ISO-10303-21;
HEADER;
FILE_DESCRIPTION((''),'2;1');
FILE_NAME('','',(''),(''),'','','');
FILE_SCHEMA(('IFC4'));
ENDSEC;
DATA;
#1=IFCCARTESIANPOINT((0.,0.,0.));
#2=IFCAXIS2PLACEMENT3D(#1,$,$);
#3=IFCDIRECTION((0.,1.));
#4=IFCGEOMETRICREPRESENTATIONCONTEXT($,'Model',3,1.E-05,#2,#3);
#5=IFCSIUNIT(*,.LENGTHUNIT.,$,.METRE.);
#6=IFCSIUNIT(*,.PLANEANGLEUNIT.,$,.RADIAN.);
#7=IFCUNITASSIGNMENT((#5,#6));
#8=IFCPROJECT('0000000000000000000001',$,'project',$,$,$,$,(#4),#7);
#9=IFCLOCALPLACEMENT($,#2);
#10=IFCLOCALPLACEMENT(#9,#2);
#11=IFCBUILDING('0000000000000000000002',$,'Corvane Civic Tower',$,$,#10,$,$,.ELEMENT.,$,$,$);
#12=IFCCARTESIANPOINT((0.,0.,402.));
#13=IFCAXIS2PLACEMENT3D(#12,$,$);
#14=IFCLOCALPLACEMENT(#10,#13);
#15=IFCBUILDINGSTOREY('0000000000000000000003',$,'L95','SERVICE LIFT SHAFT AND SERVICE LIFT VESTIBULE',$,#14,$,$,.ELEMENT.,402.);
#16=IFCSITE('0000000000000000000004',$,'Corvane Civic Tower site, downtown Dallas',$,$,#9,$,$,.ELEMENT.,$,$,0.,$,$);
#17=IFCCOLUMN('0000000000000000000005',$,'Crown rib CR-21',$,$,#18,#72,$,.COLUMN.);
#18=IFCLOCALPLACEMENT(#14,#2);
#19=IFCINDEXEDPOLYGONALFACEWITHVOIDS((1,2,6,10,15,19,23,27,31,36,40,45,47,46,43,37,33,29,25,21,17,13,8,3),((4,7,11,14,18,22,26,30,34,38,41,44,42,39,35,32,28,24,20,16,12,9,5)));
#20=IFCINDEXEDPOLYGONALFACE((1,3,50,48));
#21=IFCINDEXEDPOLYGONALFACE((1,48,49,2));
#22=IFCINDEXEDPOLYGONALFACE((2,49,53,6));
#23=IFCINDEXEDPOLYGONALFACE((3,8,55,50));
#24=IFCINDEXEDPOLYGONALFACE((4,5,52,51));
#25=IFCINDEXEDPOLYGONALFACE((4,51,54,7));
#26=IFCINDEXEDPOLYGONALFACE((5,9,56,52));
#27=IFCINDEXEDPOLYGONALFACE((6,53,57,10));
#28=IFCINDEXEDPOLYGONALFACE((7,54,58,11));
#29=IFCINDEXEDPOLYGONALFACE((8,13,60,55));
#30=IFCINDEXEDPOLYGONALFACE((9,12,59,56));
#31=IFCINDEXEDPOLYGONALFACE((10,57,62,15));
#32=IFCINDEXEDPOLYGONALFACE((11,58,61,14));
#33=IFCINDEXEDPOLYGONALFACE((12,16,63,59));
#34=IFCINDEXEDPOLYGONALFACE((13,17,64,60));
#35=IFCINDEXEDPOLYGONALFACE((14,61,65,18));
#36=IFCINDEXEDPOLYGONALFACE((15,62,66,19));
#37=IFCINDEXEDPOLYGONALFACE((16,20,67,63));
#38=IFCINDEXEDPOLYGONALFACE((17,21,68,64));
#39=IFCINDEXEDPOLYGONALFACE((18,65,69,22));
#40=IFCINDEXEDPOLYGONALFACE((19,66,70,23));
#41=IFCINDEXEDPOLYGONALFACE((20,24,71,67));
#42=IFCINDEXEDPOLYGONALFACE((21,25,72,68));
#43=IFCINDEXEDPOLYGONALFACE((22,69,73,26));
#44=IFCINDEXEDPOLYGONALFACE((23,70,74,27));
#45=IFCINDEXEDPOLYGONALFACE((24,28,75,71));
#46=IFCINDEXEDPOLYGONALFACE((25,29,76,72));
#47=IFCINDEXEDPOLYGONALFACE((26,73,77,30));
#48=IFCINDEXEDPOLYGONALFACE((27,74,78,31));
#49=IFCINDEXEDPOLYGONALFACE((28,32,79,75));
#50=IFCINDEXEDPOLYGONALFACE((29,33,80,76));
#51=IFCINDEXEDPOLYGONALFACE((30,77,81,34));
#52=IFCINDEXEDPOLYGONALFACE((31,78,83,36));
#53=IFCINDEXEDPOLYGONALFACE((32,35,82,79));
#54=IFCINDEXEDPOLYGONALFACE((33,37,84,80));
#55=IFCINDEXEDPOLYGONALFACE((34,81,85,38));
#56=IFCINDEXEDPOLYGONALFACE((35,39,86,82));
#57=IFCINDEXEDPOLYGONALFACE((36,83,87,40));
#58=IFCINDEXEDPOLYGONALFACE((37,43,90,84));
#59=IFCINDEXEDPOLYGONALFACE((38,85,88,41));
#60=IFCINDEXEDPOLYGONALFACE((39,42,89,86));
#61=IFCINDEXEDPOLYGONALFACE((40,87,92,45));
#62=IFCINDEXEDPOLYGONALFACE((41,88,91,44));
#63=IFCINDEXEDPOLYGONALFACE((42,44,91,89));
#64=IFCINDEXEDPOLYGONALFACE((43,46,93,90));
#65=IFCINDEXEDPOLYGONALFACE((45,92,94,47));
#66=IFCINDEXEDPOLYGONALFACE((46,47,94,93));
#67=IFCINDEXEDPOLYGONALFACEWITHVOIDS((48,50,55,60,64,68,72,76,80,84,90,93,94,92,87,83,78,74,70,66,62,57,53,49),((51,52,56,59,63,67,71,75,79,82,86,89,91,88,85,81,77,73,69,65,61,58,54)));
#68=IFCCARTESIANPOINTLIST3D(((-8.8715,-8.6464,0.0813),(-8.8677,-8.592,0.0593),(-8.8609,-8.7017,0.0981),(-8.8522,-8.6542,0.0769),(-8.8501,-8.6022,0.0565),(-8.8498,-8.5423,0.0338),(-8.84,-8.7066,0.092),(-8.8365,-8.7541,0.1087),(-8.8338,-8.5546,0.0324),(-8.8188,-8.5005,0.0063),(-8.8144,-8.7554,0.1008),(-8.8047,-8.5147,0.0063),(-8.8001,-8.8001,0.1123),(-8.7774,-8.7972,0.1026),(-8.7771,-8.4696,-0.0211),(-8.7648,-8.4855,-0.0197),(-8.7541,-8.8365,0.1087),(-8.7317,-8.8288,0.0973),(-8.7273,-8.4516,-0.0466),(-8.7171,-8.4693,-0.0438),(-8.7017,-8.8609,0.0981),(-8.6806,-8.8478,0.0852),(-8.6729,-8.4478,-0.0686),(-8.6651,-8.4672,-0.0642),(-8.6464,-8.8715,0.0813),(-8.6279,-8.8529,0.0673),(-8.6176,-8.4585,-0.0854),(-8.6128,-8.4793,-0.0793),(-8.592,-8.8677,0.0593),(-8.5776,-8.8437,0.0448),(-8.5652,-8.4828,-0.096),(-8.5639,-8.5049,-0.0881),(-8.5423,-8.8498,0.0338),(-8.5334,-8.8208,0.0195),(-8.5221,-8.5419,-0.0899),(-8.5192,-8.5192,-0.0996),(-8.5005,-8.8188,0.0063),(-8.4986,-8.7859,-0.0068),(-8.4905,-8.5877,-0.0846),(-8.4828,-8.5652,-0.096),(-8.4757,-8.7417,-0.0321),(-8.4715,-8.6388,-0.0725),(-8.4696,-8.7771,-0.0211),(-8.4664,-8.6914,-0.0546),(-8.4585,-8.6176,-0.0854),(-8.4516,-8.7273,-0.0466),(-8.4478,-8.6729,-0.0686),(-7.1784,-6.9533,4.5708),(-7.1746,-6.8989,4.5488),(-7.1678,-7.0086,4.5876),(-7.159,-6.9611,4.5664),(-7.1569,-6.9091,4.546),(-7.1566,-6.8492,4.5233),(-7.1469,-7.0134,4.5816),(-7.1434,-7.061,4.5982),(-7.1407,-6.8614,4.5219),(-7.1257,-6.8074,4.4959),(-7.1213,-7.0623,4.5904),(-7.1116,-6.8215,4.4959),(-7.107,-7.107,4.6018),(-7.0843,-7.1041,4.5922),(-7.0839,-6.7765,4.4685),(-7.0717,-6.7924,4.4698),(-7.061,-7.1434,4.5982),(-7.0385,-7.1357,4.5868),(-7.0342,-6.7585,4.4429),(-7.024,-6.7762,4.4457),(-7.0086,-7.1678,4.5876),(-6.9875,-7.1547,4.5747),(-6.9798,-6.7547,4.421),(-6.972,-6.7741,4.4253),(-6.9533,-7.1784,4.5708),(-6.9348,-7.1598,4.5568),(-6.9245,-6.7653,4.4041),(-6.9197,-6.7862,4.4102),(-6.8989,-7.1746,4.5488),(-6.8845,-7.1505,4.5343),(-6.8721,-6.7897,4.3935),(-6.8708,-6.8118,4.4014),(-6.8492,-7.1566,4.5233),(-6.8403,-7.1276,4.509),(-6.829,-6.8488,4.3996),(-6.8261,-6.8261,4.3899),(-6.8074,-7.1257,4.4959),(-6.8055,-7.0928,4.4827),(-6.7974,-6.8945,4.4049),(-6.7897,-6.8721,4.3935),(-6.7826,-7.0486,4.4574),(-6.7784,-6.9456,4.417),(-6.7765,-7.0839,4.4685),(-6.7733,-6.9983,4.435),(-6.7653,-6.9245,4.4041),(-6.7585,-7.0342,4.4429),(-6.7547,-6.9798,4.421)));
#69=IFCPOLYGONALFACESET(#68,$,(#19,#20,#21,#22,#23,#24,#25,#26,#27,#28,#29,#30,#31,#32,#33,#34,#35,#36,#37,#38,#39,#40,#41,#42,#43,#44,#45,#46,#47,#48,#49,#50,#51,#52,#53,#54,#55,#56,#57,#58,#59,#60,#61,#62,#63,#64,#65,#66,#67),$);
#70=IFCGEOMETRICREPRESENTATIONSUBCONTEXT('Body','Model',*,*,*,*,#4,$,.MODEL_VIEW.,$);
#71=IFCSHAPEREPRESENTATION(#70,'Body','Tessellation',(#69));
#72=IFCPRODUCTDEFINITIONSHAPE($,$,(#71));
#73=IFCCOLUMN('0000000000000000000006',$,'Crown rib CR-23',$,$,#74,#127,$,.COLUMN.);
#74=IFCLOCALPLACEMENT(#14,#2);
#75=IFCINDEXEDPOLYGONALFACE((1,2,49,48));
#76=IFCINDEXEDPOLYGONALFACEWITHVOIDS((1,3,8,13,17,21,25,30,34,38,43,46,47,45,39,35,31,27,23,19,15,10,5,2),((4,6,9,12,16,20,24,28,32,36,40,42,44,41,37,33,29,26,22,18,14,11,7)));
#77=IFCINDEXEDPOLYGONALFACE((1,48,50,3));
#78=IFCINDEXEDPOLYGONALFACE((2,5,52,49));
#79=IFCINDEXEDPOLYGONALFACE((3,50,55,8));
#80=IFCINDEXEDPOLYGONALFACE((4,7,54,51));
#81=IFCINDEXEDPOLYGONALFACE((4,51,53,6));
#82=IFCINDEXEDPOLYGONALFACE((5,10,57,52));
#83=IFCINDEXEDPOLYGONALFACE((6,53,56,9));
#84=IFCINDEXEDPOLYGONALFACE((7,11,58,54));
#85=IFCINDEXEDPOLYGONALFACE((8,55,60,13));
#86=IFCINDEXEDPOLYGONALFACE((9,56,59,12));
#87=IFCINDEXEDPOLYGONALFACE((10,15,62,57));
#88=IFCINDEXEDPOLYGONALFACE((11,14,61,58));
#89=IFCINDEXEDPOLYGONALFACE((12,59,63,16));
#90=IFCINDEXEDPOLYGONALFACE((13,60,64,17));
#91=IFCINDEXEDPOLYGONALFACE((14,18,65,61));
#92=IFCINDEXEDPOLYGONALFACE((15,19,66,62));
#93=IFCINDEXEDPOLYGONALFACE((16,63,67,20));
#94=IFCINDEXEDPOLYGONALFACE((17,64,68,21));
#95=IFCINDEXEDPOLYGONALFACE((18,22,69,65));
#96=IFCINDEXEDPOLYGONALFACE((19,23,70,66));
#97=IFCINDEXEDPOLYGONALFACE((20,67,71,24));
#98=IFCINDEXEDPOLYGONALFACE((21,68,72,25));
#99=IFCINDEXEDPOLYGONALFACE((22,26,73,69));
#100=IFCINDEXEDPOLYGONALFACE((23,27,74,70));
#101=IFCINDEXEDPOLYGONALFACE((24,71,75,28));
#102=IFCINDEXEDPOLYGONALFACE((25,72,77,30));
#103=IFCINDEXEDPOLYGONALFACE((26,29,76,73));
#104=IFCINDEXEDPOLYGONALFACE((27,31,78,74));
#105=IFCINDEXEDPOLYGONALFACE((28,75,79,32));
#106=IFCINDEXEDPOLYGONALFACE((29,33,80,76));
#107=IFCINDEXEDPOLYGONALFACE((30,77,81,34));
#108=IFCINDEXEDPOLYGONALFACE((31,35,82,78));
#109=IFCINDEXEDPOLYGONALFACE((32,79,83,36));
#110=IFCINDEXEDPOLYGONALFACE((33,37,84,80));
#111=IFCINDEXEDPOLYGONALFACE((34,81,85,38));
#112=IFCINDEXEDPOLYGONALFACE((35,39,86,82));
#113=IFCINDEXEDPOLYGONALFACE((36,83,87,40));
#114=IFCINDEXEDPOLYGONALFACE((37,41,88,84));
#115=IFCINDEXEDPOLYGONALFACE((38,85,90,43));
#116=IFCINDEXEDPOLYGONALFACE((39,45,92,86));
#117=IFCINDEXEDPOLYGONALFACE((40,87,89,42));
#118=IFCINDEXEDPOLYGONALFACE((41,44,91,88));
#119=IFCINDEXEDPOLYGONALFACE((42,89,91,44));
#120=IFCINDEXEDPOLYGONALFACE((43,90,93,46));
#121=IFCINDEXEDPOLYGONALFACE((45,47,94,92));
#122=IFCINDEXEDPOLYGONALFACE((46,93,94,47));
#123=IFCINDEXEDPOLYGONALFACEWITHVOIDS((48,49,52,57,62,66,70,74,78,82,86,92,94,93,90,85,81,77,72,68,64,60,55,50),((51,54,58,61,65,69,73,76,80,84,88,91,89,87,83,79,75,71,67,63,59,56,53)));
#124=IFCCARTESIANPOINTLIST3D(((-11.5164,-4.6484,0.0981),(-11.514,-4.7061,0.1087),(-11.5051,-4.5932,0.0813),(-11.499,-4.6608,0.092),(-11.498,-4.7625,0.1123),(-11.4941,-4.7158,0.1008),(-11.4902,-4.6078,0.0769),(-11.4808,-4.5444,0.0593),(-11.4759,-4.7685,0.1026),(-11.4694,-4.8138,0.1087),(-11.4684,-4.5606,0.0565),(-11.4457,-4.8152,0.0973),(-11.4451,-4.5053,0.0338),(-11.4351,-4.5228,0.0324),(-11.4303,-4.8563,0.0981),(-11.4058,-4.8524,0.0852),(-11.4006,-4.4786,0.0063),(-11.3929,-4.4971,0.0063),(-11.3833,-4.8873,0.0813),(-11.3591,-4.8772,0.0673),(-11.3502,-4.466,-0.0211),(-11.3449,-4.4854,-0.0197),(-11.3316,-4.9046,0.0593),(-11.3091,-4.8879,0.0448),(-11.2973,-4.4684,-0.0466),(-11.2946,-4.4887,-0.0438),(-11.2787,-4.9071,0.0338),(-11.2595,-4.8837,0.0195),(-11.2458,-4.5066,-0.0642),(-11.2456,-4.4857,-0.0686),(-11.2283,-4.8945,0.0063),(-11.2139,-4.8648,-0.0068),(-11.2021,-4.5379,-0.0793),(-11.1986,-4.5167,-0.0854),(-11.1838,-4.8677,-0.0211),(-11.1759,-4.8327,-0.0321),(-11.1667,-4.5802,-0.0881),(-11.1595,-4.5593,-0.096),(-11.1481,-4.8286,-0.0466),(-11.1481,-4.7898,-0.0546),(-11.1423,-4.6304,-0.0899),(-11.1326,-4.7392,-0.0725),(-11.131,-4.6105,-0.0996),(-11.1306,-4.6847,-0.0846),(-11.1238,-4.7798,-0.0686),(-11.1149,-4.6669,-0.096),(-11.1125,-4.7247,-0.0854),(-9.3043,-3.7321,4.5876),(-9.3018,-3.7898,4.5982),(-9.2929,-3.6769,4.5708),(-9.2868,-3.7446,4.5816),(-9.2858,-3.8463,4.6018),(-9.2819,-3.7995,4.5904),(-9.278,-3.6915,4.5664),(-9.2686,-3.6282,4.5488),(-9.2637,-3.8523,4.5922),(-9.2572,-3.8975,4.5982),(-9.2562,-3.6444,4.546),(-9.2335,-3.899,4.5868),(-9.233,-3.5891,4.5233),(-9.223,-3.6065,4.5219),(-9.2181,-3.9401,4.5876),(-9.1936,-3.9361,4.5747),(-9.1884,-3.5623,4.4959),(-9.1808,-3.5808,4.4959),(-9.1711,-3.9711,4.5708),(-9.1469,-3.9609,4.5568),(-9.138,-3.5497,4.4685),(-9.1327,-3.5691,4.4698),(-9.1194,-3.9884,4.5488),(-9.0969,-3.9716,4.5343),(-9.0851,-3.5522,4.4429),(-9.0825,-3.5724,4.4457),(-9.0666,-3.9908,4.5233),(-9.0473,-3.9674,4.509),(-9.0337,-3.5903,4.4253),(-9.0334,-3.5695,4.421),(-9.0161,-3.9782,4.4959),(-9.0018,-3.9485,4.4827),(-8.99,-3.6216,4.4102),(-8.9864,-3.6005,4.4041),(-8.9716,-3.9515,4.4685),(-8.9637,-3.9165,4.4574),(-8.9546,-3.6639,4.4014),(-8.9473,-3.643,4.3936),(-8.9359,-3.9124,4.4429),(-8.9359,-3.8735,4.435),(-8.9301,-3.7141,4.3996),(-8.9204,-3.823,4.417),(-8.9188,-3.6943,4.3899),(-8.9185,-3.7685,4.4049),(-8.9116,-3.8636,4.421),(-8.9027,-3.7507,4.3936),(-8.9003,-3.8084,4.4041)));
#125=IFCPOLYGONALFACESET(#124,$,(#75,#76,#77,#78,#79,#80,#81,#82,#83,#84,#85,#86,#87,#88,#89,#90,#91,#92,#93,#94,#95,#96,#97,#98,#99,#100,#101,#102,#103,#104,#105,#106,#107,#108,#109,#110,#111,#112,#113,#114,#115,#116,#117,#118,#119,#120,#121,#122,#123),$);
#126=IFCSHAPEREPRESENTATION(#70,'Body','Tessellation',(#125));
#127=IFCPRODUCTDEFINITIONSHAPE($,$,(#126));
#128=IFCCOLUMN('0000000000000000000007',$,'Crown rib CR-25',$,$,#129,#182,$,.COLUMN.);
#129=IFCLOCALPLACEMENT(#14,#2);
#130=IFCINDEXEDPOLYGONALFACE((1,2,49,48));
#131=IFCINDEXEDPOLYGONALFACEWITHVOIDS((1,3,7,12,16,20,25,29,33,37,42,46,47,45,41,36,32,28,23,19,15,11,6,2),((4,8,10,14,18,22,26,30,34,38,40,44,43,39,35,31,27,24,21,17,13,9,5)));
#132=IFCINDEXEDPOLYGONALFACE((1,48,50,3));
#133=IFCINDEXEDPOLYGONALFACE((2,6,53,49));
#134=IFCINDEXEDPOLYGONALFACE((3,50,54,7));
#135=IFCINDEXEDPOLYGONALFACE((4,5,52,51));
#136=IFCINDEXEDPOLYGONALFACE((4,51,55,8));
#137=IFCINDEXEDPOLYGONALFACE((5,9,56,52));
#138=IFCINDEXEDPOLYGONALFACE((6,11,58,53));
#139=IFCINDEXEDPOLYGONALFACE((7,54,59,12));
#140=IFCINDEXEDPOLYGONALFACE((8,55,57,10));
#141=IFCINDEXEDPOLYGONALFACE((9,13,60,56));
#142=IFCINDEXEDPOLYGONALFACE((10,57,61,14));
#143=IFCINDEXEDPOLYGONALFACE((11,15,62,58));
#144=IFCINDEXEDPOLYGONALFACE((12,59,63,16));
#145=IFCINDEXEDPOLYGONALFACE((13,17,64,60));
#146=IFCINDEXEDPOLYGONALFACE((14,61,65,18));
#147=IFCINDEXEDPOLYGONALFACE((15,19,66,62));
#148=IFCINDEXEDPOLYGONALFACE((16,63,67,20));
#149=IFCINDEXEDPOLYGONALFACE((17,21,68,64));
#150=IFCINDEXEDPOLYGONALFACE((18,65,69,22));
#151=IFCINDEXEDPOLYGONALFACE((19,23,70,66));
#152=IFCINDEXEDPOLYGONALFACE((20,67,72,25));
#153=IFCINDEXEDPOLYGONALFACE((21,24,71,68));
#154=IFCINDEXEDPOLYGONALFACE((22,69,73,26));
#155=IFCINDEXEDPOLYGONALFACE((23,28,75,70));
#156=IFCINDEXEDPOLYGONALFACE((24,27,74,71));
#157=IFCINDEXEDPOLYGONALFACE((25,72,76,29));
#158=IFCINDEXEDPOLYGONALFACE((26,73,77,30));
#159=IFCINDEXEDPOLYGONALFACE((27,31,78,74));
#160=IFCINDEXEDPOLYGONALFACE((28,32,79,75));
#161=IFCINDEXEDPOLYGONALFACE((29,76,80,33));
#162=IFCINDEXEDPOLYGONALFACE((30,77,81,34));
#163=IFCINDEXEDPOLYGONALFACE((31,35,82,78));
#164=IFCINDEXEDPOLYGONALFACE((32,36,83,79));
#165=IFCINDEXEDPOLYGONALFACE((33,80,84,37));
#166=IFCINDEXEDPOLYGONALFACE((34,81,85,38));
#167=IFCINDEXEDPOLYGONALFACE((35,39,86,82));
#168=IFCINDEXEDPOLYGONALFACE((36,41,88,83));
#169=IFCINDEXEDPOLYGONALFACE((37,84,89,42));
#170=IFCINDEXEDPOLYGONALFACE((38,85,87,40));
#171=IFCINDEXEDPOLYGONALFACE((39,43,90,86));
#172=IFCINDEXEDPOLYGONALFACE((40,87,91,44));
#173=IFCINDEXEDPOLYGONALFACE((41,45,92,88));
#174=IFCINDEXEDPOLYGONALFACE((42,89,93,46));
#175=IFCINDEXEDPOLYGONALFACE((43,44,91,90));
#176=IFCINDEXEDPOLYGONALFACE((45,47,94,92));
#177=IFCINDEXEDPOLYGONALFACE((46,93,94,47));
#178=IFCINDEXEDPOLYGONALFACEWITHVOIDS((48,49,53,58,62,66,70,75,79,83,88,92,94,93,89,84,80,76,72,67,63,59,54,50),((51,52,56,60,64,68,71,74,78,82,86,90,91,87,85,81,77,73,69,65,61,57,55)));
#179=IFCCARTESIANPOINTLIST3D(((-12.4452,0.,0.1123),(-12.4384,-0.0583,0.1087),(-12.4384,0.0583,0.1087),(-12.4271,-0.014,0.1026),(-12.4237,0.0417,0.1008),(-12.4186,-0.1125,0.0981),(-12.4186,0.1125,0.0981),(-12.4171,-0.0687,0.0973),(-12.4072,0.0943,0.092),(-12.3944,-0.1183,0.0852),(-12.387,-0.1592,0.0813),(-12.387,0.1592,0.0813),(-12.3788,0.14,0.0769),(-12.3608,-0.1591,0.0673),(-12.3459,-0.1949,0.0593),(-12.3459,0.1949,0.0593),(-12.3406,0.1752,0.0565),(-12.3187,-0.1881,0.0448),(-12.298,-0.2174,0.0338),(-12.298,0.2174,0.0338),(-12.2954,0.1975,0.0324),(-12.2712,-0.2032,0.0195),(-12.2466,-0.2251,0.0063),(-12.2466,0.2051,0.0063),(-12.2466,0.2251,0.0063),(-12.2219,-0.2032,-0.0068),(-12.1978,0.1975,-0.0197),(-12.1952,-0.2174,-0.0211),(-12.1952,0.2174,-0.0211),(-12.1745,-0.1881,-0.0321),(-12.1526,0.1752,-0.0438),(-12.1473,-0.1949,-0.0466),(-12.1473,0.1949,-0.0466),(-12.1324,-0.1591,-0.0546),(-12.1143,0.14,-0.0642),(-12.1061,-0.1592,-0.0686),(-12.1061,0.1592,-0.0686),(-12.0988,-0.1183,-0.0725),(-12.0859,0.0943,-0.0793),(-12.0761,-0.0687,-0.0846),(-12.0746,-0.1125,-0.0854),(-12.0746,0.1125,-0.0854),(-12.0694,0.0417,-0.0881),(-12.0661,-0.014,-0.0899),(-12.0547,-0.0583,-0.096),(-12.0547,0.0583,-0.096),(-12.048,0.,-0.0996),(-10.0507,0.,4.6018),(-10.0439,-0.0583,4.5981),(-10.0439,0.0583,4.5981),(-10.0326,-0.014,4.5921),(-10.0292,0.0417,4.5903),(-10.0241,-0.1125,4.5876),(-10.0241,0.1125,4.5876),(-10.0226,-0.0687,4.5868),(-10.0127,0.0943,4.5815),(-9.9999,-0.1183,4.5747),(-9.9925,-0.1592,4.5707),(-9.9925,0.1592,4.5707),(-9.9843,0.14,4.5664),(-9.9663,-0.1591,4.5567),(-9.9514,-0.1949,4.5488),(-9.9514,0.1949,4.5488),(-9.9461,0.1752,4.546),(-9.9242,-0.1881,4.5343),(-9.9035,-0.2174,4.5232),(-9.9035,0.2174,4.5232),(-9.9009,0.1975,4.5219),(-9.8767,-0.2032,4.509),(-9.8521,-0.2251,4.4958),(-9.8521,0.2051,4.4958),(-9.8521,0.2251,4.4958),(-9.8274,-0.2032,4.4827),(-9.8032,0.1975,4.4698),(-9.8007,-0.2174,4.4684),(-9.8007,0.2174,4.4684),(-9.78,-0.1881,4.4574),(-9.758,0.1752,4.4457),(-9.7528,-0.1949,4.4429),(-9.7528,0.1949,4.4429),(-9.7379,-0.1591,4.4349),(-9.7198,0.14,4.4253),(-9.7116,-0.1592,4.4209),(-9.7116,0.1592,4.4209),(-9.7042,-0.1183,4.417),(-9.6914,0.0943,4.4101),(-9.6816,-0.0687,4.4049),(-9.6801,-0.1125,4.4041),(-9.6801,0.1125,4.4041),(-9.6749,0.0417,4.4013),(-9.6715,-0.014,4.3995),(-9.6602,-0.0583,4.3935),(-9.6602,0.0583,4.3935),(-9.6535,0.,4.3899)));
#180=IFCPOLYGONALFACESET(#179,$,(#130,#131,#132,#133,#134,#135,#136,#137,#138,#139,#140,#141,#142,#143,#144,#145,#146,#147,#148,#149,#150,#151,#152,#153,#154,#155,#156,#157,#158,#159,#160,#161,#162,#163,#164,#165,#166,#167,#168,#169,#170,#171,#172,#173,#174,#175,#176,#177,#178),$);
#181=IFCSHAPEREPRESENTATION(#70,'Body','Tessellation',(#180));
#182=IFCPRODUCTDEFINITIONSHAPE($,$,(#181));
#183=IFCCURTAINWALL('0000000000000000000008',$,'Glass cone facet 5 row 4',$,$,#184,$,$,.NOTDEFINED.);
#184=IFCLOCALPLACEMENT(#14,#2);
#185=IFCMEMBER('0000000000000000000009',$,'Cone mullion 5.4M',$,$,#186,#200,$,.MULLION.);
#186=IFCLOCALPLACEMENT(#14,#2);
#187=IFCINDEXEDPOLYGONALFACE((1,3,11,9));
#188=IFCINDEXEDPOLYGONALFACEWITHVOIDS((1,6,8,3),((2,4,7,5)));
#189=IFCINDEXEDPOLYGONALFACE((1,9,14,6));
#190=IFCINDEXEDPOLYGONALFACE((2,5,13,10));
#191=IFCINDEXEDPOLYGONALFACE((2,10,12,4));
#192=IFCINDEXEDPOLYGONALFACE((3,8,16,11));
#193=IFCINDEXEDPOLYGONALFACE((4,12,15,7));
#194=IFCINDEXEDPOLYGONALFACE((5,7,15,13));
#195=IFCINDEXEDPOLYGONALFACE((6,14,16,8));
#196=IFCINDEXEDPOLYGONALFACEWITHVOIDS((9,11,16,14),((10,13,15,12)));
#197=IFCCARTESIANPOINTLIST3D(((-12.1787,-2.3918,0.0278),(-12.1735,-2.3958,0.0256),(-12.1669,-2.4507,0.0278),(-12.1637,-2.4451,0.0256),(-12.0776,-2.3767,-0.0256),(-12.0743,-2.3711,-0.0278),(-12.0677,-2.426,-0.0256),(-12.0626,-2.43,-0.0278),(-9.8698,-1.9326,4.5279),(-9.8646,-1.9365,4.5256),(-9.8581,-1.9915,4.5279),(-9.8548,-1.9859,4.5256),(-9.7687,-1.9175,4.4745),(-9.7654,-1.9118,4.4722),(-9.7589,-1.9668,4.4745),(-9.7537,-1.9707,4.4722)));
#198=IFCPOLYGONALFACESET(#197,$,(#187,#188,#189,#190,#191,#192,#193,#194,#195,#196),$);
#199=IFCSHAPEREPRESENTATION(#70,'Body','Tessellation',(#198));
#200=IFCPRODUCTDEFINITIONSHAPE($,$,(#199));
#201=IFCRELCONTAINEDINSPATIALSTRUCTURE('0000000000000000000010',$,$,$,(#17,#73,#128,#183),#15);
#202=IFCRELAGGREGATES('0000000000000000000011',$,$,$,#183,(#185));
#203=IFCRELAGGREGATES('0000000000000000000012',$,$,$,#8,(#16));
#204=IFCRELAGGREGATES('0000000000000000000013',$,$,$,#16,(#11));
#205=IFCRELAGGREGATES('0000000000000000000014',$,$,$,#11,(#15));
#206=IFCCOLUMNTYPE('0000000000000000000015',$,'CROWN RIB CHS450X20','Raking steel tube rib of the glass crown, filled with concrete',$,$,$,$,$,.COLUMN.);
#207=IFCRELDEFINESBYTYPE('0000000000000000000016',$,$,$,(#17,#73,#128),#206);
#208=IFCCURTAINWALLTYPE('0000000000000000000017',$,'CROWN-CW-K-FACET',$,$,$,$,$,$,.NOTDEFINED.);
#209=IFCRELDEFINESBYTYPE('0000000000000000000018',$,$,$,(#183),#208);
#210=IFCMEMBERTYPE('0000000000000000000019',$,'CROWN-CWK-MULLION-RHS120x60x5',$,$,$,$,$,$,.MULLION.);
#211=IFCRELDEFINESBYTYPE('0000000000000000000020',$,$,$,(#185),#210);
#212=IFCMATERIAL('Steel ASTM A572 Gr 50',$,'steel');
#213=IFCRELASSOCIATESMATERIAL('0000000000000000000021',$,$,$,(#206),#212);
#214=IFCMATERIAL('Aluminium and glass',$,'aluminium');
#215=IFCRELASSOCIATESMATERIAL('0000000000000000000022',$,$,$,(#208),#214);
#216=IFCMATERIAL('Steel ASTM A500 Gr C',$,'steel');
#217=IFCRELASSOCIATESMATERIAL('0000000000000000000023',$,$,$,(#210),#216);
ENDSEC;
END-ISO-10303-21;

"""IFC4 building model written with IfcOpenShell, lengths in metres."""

from ifc_helpers import new_model, si_unit, direction, frame, origin, origin_2d, place, context, subcontext, project, spatial, hollow_rectangle, hollow_circle, extrude, material, material_profile, profile_set, type_object, element, aggregate, save


model = new_model("IFC4")

# Units and contexts
model_context = context("Model", 3, precision=1e-05, world=origin(), true_north=direction((0.0, 1.0)))
body_context = subcontext(model_context, "Body", "Model", "MODEL_VIEW")
ifc_project = project(units=[si_unit("LENGTHUNIT", "METRE"), si_unit("PLANEANGLEUNIT", "RADIAN")], contexts=[model_context])

# Site, building, storey
site_placement = place(None, origin())
site = spatial("IfcSite", under=ifc_project, at=site_placement, Name="Corvane Civic Tower site, downtown Dallas", CompositionType="ELEMENT", RefElevation=0.0)
building_placement = place(site_placement, origin())
building = spatial("IfcBuilding", under=site, at=building_placement, Name="Corvane Civic Tower", CompositionType="ELEMENT")
storey_placement = place(building_placement, frame((0.0, 0.0, 402.0)))
storey = spatial("IfcBuildingStorey", under=building, at=storey_placement, Name="L95", Description="SERVICE LIFT SHAFT AND SERVICE LIFT VESTIBULE", CompositionType="ELEMENT", Elevation=402.0)

# Columns
ifc_material_1 = material(Name="Steel ASTM A572 Gr 50", Category="steel")
ifc_material_profile_1 = material_profile(ifc_material_1, hollow_circle(Radius=0.2251, WallThickness=0.02, at=origin_2d()), Name="CHS450X20")
ifc_profile_set_1 = profile_set([ifc_material_profile_1], Name="Steel ASTM A572 Gr 50")
column_type = type_object("IfcColumnType", Name="CROWN RIB CHS450X20", Description="Raking steel tube rib of the glass crown, filled with concrete", PredefinedType="COLUMN", material=ifc_profile_set_1)
for number, where, z_axis, x_axis, name in (
    (1, (-8.6597, -8.6597, 0.0063), (0.332759, 0.332759, 0.882351), (-0.707107, 0.707107, 0.0), "Crown rib CR-21"),
    (2, (-11.3145, -4.6865, 0.0063), (0.434771, 0.180079, 0.882353), (-0.382667, 0.923886, 0.0), "Crown rib CR-23"),
    (3, (-12.2466, 0.0, 0.0063), (0.470608, 0.0, 0.882342), (0.0, 1.0, 0.0), "Crown rib CR-25"),
):
    element("IfcColumn", number, at=place(storey_placement, frame(where, z_axis=z_axis, x_axis=x_axis)), inside=storey, type_object=column_type, Name=name, PredefinedType="COLUMN", context=body_context, shape_type="SweptSolid", body=[
        extrude(hollow_circle(Radius=0.2251, WallThickness=0.02, at=origin_2d()), origin(), (0.0, 0.0, 1.0), 5.0881),
    ])

# Curtain wall, member
ifc_material_2 = material(Name="Aluminium and glass", Category="aluminium")
curtain_wall_type = type_object("IfcCurtainWallType", Name="CROWN-CW-K-FACET", PredefinedType="NOTDEFINED", material=ifc_material_2)
curtain_wall_1_placement = place(storey_placement, origin())
curtain_wall_1 = element("IfcCurtainWall", 4, at=curtain_wall_1_placement, inside=storey, type_object=curtain_wall_type, Name="Glass cone facet 5 row 4", PredefinedType="NOTDEFINED")
ifc_material_3 = material(Name="Steel ASTM A500 Gr C", Category="steel")
ifc_material_profile_2 = material_profile(ifc_material_3, hollow_rectangle(XDim=0.0601, YDim=0.1201, WallThickness=0.0049, at=origin_2d()), Name="RHS 120x60x5")
ifc_profile_set_2 = profile_set([ifc_material_profile_2], Name="Steel ASTM A500 Gr C")
member_type_1 = type_object("IfcMemberType", Name="CROWN-CWK-MULLION-RHS120x60x5", PredefinedType="MULLION", material=ifc_profile_set_2)
member_1_placement = place(storey_placement, frame((-12.1206, -2.4109, 0.0), z_axis=(0.454626, 0.090425, 0.88608), x_axis=(-0.195079, 0.980788, 0.0)))
member_1 = element("IfcMember", 5, at=member_1_placement, type_object=member_type_1, Name="Cone mullion 5.4M", PredefinedType="MULLION", context=body_context, shape_type="SweptSolid", body=[
    extrude(hollow_rectangle(XDim=0.0601, YDim=0.1201, WallThickness=0.0049, at=origin_2d()), origin(), (0.0, 0.0, 1.0), 5.0786),
])

aggregate(curtain_wall_1, [member_1])

save(model, "model.ifc")
